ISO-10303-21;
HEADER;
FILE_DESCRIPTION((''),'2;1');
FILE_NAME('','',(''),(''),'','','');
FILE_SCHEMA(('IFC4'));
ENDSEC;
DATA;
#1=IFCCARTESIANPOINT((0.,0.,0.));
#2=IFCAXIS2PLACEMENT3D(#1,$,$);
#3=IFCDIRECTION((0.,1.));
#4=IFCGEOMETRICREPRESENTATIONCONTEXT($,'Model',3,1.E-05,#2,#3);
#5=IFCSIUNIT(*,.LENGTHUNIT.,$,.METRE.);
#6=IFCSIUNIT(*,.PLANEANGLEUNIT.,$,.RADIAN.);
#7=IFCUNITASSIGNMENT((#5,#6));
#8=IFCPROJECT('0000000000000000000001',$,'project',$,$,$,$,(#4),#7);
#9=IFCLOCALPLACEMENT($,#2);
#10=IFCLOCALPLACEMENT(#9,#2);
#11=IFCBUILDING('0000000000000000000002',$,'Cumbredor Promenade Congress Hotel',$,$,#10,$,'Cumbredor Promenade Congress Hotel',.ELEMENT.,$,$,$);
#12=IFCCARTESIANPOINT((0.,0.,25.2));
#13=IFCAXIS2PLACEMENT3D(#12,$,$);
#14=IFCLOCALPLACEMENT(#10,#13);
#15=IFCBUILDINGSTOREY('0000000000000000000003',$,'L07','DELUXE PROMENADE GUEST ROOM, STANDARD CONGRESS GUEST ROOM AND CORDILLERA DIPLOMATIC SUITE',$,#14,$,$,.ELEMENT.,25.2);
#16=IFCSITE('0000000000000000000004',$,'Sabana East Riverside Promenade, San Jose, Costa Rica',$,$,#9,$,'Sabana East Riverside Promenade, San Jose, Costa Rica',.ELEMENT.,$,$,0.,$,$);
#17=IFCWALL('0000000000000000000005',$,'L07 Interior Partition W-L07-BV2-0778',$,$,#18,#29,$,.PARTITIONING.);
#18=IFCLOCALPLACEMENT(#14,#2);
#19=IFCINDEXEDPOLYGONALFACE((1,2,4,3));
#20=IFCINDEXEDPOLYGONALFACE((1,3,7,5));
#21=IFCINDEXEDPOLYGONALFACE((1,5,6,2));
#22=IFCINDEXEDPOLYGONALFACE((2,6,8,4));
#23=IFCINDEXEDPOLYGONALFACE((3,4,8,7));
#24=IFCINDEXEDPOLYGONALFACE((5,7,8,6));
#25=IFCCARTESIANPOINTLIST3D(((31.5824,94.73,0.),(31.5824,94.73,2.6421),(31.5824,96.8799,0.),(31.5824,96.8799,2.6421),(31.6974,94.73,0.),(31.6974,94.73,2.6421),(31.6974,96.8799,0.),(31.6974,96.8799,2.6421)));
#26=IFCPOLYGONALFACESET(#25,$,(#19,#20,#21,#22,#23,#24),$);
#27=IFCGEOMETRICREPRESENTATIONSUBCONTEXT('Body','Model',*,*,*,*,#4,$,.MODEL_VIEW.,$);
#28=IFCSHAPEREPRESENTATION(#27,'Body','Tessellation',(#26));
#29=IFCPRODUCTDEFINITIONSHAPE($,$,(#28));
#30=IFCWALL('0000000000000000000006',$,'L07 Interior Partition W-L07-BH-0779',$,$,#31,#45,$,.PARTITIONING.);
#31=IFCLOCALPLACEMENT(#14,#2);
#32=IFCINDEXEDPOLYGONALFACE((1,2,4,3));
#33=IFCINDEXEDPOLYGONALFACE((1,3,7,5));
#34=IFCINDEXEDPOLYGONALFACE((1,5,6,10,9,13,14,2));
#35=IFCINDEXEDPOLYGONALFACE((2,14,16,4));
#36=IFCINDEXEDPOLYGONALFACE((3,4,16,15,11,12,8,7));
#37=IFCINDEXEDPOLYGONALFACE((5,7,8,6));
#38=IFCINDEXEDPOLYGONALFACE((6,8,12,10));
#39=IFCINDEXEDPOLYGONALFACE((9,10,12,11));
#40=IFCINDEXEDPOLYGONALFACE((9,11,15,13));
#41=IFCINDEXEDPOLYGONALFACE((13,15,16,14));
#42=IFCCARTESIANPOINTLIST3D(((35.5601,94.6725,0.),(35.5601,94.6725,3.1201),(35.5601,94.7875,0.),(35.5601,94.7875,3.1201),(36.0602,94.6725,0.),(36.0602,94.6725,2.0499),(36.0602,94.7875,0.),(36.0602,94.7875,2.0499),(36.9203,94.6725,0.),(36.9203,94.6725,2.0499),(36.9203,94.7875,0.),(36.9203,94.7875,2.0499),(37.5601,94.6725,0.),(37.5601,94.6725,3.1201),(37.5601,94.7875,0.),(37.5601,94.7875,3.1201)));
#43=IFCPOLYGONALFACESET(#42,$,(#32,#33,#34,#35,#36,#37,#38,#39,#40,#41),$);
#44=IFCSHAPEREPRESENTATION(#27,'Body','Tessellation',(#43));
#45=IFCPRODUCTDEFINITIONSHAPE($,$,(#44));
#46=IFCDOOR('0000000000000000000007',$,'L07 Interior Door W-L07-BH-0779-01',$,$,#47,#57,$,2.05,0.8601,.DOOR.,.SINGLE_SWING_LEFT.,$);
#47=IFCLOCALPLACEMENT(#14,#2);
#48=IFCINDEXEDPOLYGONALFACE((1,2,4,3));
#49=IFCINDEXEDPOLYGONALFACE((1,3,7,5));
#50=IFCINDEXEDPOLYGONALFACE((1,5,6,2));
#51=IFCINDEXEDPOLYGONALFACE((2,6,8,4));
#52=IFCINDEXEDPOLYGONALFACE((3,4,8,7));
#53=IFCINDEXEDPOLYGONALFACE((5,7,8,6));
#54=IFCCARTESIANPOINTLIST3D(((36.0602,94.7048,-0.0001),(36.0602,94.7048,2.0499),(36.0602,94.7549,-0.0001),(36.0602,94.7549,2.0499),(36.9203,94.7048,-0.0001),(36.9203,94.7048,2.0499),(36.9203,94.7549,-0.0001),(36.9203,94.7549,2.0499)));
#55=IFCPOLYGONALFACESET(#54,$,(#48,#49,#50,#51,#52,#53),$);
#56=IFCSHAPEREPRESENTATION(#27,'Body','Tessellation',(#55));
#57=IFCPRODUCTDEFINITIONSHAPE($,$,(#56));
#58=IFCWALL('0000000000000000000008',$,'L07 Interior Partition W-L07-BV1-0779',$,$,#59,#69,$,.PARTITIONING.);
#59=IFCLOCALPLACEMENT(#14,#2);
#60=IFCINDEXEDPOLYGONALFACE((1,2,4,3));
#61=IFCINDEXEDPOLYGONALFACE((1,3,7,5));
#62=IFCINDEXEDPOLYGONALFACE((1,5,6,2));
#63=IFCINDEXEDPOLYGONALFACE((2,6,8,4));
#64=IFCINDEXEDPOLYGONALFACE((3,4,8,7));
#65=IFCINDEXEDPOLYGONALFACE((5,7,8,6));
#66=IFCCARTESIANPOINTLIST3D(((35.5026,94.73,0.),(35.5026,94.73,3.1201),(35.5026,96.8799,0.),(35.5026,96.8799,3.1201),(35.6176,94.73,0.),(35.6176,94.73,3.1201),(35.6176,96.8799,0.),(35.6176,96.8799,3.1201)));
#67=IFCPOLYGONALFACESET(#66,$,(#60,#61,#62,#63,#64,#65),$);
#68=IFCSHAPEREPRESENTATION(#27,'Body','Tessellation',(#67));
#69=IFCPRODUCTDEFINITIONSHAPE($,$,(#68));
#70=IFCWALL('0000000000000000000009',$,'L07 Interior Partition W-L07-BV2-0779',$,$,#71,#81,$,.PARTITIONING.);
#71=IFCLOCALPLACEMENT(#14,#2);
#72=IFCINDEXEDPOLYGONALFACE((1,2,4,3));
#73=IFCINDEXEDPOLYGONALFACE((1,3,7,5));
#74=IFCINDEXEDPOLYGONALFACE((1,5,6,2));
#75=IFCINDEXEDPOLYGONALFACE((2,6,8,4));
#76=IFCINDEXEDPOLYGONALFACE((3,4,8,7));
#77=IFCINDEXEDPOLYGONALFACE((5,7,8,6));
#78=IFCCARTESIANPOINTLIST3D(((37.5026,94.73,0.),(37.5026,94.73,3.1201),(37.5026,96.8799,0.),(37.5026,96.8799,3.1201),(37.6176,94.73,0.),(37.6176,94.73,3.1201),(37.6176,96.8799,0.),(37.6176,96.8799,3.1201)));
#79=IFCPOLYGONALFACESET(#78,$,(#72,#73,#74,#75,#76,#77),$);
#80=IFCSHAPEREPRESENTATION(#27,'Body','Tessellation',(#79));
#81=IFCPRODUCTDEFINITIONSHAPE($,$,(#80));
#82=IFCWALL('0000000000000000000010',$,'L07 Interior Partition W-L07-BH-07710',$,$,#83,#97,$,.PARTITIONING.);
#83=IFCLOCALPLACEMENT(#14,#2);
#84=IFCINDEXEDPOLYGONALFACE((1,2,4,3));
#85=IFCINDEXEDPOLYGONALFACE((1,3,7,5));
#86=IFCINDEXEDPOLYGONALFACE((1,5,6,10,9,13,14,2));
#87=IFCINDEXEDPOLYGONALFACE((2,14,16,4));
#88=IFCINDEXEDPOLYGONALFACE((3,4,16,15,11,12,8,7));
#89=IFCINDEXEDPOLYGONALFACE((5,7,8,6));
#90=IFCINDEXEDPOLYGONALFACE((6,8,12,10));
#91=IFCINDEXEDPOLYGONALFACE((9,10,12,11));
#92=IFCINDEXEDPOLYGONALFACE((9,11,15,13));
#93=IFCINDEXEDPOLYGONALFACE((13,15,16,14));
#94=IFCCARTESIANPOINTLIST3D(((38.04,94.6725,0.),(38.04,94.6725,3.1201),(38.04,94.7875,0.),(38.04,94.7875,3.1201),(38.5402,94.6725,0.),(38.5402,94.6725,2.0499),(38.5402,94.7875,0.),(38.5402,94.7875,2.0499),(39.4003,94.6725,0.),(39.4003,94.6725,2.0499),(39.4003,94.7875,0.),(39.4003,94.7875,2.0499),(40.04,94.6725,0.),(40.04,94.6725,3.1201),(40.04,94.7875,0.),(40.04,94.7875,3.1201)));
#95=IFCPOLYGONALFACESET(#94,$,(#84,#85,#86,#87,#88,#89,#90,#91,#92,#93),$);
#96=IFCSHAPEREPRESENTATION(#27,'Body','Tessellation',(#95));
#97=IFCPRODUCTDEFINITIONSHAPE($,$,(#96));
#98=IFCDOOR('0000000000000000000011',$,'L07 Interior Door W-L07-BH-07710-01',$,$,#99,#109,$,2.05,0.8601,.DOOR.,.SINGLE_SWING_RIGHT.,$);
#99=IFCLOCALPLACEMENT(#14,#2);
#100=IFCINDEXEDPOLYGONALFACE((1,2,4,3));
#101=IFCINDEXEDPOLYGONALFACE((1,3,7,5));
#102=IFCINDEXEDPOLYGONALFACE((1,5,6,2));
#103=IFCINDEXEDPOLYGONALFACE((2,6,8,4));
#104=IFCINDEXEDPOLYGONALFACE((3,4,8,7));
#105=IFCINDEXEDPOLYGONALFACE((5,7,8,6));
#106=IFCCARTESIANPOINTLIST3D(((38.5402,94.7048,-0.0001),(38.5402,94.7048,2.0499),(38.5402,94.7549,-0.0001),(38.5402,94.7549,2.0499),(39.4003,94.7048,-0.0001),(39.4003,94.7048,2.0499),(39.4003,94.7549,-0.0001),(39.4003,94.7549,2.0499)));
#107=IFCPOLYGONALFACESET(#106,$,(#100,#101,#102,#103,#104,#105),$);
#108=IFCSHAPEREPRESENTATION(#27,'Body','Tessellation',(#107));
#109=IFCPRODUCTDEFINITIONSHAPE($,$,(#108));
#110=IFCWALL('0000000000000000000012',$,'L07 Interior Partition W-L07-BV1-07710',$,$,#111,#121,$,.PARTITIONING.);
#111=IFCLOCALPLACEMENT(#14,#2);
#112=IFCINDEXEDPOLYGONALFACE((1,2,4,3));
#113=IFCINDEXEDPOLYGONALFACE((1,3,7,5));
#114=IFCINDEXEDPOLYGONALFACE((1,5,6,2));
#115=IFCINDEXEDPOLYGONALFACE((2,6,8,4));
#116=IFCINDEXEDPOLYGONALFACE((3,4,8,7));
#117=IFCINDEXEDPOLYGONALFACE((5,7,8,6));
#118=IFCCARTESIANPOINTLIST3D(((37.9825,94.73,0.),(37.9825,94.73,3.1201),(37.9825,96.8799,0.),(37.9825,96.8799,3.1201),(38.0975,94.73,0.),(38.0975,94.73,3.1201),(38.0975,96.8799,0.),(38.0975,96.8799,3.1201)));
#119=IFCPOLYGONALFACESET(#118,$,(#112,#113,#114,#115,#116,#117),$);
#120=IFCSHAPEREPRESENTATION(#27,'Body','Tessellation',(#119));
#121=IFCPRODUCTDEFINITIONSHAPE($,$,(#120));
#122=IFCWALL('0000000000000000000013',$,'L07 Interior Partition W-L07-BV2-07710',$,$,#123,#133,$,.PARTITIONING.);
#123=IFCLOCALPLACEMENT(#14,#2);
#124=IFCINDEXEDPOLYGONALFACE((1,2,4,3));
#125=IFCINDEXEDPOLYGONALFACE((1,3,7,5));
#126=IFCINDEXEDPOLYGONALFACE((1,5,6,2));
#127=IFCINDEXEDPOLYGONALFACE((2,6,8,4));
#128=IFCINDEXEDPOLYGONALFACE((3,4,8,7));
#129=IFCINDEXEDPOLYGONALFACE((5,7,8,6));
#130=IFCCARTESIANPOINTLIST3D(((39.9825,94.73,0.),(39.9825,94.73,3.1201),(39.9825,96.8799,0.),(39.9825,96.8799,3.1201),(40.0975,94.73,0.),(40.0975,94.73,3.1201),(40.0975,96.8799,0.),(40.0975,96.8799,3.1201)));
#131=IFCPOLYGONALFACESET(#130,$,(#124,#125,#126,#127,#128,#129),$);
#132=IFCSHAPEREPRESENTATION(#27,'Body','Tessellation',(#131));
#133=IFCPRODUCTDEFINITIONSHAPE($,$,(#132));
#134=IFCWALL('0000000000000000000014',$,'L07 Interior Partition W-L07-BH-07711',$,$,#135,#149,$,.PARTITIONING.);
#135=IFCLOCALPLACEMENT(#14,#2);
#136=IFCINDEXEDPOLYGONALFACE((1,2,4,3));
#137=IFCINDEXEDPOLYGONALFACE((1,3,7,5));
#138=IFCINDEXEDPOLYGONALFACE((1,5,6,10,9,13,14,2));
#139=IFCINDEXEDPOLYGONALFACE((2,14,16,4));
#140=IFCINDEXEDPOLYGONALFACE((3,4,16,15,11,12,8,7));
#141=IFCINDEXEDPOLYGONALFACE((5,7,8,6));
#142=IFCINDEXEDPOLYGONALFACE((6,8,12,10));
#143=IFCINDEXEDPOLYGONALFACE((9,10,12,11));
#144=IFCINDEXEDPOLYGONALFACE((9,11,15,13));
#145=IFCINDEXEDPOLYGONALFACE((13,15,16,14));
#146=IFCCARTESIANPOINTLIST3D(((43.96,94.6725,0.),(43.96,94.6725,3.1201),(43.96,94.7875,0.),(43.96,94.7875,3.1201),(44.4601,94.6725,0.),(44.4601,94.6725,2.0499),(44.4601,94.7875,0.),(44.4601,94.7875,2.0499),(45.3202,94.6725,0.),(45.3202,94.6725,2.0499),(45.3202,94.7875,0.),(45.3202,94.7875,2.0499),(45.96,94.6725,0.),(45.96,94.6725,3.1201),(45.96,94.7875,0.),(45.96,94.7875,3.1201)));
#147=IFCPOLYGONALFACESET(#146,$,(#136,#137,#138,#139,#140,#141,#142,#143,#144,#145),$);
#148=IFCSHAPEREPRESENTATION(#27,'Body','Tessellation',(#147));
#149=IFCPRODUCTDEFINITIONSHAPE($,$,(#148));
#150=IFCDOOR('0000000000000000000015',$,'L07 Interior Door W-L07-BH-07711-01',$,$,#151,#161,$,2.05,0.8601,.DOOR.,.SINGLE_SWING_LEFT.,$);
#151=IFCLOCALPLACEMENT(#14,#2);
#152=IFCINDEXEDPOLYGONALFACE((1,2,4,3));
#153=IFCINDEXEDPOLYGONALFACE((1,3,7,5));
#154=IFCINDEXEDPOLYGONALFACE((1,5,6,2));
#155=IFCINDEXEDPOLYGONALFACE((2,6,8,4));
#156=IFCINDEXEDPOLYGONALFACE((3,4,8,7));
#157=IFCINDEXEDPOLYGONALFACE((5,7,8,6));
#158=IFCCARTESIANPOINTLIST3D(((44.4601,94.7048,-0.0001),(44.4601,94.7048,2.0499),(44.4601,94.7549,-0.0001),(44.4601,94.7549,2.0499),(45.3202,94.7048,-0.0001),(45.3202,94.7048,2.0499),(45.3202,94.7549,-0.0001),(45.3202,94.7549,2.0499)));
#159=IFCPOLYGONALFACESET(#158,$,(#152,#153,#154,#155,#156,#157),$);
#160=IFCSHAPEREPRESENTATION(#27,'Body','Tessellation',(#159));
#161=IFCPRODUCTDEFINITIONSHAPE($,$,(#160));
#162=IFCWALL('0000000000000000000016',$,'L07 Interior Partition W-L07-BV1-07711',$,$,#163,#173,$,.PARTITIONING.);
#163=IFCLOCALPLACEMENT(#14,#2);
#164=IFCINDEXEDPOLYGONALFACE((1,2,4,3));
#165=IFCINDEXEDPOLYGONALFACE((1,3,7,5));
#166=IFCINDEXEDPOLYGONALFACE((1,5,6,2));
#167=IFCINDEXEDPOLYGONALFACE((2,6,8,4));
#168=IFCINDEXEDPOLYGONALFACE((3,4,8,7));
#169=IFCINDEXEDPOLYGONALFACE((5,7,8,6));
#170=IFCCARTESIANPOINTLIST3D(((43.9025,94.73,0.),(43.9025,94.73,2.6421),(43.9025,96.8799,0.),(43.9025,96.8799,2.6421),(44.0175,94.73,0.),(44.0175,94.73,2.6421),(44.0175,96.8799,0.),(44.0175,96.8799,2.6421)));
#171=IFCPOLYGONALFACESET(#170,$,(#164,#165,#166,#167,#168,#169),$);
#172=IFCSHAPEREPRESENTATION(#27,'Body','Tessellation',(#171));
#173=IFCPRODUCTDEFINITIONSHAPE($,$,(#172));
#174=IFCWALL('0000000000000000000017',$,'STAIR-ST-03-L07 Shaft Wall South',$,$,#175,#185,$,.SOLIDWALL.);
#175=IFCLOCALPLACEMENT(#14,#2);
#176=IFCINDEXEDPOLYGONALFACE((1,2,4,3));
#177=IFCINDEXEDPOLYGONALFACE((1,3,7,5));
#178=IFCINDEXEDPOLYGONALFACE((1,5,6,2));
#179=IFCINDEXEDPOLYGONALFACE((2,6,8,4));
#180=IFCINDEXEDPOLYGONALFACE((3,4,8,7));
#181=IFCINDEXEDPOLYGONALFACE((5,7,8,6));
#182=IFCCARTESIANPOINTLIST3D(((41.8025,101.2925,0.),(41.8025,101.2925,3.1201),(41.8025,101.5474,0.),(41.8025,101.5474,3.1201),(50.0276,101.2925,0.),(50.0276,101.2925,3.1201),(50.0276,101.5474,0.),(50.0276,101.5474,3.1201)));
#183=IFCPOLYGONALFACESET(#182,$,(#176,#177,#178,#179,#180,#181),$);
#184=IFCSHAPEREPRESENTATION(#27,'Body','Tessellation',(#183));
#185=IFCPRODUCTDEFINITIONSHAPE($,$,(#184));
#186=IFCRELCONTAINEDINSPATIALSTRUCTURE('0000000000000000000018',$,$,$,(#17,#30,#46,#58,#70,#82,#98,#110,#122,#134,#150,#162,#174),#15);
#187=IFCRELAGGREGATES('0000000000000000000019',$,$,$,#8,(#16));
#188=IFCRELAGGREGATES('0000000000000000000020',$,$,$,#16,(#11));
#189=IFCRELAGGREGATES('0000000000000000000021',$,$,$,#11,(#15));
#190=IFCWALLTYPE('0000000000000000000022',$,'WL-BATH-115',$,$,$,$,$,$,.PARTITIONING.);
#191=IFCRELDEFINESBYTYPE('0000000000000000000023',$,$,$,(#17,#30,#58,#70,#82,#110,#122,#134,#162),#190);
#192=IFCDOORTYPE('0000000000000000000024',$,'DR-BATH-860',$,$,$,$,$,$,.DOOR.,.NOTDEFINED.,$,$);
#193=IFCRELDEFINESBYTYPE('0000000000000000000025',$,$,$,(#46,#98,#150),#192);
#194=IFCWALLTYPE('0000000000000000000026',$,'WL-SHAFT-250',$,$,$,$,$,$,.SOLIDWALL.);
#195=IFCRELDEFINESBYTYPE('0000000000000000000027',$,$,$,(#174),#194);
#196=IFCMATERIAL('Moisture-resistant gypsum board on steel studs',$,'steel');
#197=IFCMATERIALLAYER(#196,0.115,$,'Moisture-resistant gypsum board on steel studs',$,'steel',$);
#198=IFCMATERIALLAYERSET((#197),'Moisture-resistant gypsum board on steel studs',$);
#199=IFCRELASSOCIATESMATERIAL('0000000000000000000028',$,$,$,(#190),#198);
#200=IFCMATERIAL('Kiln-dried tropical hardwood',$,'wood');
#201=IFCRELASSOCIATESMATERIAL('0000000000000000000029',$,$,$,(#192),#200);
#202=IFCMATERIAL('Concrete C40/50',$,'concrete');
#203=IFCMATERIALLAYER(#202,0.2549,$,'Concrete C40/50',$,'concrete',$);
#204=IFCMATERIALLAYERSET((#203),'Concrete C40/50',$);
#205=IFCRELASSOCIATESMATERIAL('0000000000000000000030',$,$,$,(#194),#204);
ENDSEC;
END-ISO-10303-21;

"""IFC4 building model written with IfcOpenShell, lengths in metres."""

from ifc_helpers import new_model, si_unit, direction, frame, frame_2d, origin, place, context, subcontext, project, spatial, rectangle, extrude, material, layer, layer_set, type_object, element, fill, save


model = new_model("IFC4")

# Units and contexts
model_context = context("Model", 3, precision=1e-05, world=origin(), true_north=direction((0.0, 1.0)))
body_context = subcontext(model_context, "Body", "Model", "MODEL_VIEW")
ifc_project = project(units=[si_unit("LENGTHUNIT", "METRE"), si_unit("PLANEANGLEUNIT", "RADIAN")], contexts=[model_context])

# Site, building, storey
site_placement = place(None, origin())
site = spatial("IfcSite", under=ifc_project, at=site_placement, Name="Sabana East Riverside Promenade, San Jose, Costa Rica", LongName="Sabana East Riverside Promenade, San Jose, Costa Rica", CompositionType="ELEMENT", RefElevation=0.0)
building_placement = place(site_placement, origin())
building = spatial("IfcBuilding", under=site, at=building_placement, Name="Cumbredor Promenade Congress Hotel", LongName="Cumbredor Promenade Congress Hotel", CompositionType="ELEMENT")
storey_placement = place(building_placement, frame((0.0, 0.0, 25.2)))
storey = spatial("IfcBuildingStorey", under=building, at=storey_placement, Name="L07", Description="DELUXE PROMENADE GUEST ROOM, STANDARD CONGRESS GUEST ROOM AND CORDILLERA DIPLOMATIC SUITE", CompositionType="ELEMENT", Elevation=25.2)

# Shared definitions
ifc_material_1 = material(Name="Concrete C40/50", Category="concrete")

# Shared definitions
ifc_material_2 = material(Name="Moisture-resistant gypsum board on steel studs", Category="steel")
ifc_layer_1 = layer(ifc_material_2, 0.115, Name="Moisture-resistant gypsum board on steel studs", Category="steel")
ifc_layer_set_1 = layer_set([ifc_layer_1], Name="Moisture-resistant gypsum board on steel studs")
wall_type_1 = type_object("IfcWallType", Name="WL-BATH-115", PredefinedType="PARTITIONING", material=ifc_layer_set_1)
ifc_material_3 = material(Name="Kiln-dried tropical hardwood", Category="wood")
door_type_1 = type_object("IfcDoorType", Name="DR-BATH-860", OperationType="NOTDEFINED", PredefinedType="DOOR", material=ifc_material_3)

# Wall
wall_1_placement = place(storey_placement, frame((31.6399, 94.73, 0.0), z_axis=(0.0, 0.0, 1.0), x_axis=(0.0, 1.0, 0.0)))
element("IfcWall", 1, at=wall_1_placement, inside=storey, type_object=wall_type_1, Name="L07 Interior Partition W-L07-BV2-0778", PredefinedType="PARTITIONING", context=body_context, shape_type="SweptSolid", body=[
    extrude(rectangle(XDim=2.1499, YDim=0.115, at=frame_2d((1.075, 0.0))), origin(), (0.0, 0.0, 1.0), 2.6421),
])

# Wall, opening, door
wall_2_placement = place(storey_placement, frame((35.5601, 94.73, 0.0), z_axis=(0.0, 0.0, 1.0), x_axis=(1.0, 0.0, 0.0)))
wall_2 = element("IfcWall", 2, at=wall_2_placement, inside=storey, type_object=wall_type_1, Name="L07 Interior Partition W-L07-BH-0779", PredefinedType="PARTITIONING", context=body_context, shape_type="SweptSolid", body=[
    extrude(rectangle(XDim=2.0, YDim=0.115, at=frame_2d((1.0, 0.0))), origin(), (0.0, 0.0, 1.0), 3.1201),
])
opening_1_placement = place(wall_2_placement, frame((0.5, 0.0, 0.0)))
opening_1 = element("IfcOpeningElement", 3, at=opening_1_placement, cuts=wall_2, PredefinedType="OPENING", context=body_context, shape_type="SweptSolid", body=[
    extrude(rectangle(XDim=0.8601, YDim=2.05, at=frame_2d((0.4302, 1.0249))), frame((0.0, 0.0674, 0.0), z_axis=(0.0, -1.0, 0.0), x_axis=(1.0, 0.0, 0.0)), (0.0, 0.0, 1.0), 0.135),
])
door_1_placement = place(opening_1_placement, origin())
door_1 = element("IfcDoor", 4, at=door_1_placement, inside=storey, type_object=door_type_1, Name="L07 Interior Door W-L07-BH-0779-01", OperationType="SINGLE_SWING_LEFT", OverallHeight=2.05, OverallWidth=0.8601, PredefinedType="DOOR", context=body_context, shape_type="SweptSolid", body=[
    extrude(rectangle(XDim=0.8601, YDim=2.05, at=frame_2d((0.4302, 1.0249))), frame((0.0, 0.0249, 0.0), z_axis=(0.0, -1.0, 0.0), x_axis=(1.0, 0.0, 0.0)), (0.0, 0.0, 1.0), 0.05),
])
fill(opening_1, door_1)

# Walls
for number, where, z_axis, x_axis, name in (
    (5, (35.5601, 94.73, 0.0), (0.0, 0.0, 1.0), (0.0, 1.0, 0.0), "L07 Interior Partition W-L07-BV1-0779"),
    (6, (37.5601, 94.73, 0.0), (0.0, 0.0, 1.0), (0.0, 1.0, 0.0), "L07 Interior Partition W-L07-BV2-0779"),
):
    element("IfcWall", number, at=place(storey_placement, frame(where, z_axis=z_axis, x_axis=x_axis)), inside=storey, type_object=wall_type_1, Name=name, PredefinedType="PARTITIONING", context=body_context, shape_type="SweptSolid", body=[
        extrude(rectangle(XDim=2.1499, YDim=0.115, at=frame_2d((1.075, 0.0))), origin(), (0.0, 0.0, 1.0), 3.1201),
    ])

# Wall, opening, door
wall_3_placement = place(storey_placement, frame((38.04, 94.73, 0.0), z_axis=(0.0, 0.0, 1.0), x_axis=(1.0, 0.0, 0.0)))
wall_3 = element("IfcWall", 7, at=wall_3_placement, inside=storey, type_object=wall_type_1, Name="L07 Interior Partition W-L07-BH-07710", PredefinedType="PARTITIONING", context=body_context, shape_type="SweptSolid", body=[
    extrude(rectangle(XDim=2.0, YDim=0.115, at=frame_2d((1.0, 0.0))), origin(), (0.0, 0.0, 1.0), 3.1201),
])
opening_2_placement = place(wall_3_placement, frame((0.5, 0.0, 0.0)))
opening_2 = element("IfcOpeningElement", 8, at=opening_2_placement, cuts=wall_3, PredefinedType="OPENING", context=body_context, shape_type="SweptSolid", body=[
    extrude(rectangle(XDim=0.8601, YDim=2.05, at=frame_2d((0.4302, 1.0249))), frame((0.0, 0.0674, 0.0), z_axis=(0.0, -1.0, 0.0), x_axis=(1.0, 0.0, 0.0)), (0.0, 0.0, 1.0), 0.135),
])
door_2_placement = place(opening_2_placement, origin())
door_2 = element("IfcDoor", 9, at=door_2_placement, inside=storey, type_object=door_type_1, Name="L07 Interior Door W-L07-BH-07710-01", OperationType="SINGLE_SWING_RIGHT", OverallHeight=2.05, OverallWidth=0.8601, PredefinedType="DOOR", context=body_context, shape_type="SweptSolid", body=[
    extrude(rectangle(XDim=0.8601, YDim=2.05, at=frame_2d((0.4302, 1.0249))), frame((0.0, 0.0249, 0.0), z_axis=(0.0, -1.0, 0.0), x_axis=(1.0, 0.0, 0.0)), (0.0, 0.0, 1.0), 0.05),
])
fill(opening_2, door_2)

# Walls
for number, where, z_axis, x_axis, name in (
    (10, (38.04, 94.73, 0.0), (0.0, 0.0, 1.0), (0.0, 1.0, 0.0), "L07 Interior Partition W-L07-BV1-07710"),
    (11, (40.04, 94.73, 0.0), (0.0, 0.0, 1.0), (0.0, 1.0, 0.0), "L07 Interior Partition W-L07-BV2-07710"),
):
    element("IfcWall", number, at=place(storey_placement, frame(where, z_axis=z_axis, x_axis=x_axis)), inside=storey, type_object=wall_type_1, Name=name, PredefinedType="PARTITIONING", context=body_context, shape_type="SweptSolid", body=[
        extrude(rectangle(XDim=2.1499, YDim=0.115, at=frame_2d((1.075, 0.0))), origin(), (0.0, 0.0, 1.0), 3.1201),
    ])

# Wall, opening, door
wall_4_placement = place(storey_placement, frame((43.96, 94.73, 0.0), z_axis=(0.0, 0.0, 1.0), x_axis=(1.0, 0.0, 0.0)))
wall_4 = element("IfcWall", 12, at=wall_4_placement, inside=storey, type_object=wall_type_1, Name="L07 Interior Partition W-L07-BH-07711", PredefinedType="PARTITIONING", context=body_context, shape_type="SweptSolid", body=[
    extrude(rectangle(XDim=2.0, YDim=0.115, at=frame_2d((1.0, 0.0))), origin(), (0.0, 0.0, 1.0), 3.1201),
])
opening_3_placement = place(wall_4_placement, frame((0.5, 0.0, 0.0)))
opening_3 = element("IfcOpeningElement", 13, at=opening_3_placement, cuts=wall_4, PredefinedType="OPENING", context=body_context, shape_type="SweptSolid", body=[
    extrude(rectangle(XDim=0.8601, YDim=2.05, at=frame_2d((0.4302, 1.0249))), frame((0.0, 0.0674, 0.0), z_axis=(0.0, -1.0, 0.0), x_axis=(1.0, 0.0, 0.0)), (0.0, 0.0, 1.0), 0.135),
])
door_3_placement = place(opening_3_placement, origin())
door_3 = element("IfcDoor", 14, at=door_3_placement, inside=storey, type_object=door_type_1, Name="L07 Interior Door W-L07-BH-07711-01", OperationType="SINGLE_SWING_LEFT", OverallHeight=2.05, OverallWidth=0.8601, PredefinedType="DOOR", context=body_context, shape_type="SweptSolid", body=[
    extrude(rectangle(XDim=0.8601, YDim=2.05, at=frame_2d((0.4302, 1.0249))), frame((0.0, 0.0249, 0.0), z_axis=(0.0, -1.0, 0.0), x_axis=(1.0, 0.0, 0.0)), (0.0, 0.0, 1.0), 0.05),
])
fill(opening_3, door_3)

# Walls
wall_5_placement = place(storey_placement, frame((43.96, 94.73, 0.0), z_axis=(0.0, 0.0, 1.0), x_axis=(0.0, 1.0, 0.0)))
element("IfcWall", 15, at=wall_5_placement, inside=storey, type_object=wall_type_1, Name="L07 Interior Partition W-L07-BV1-07711", PredefinedType="PARTITIONING", context=body_context, shape_type="SweptSolid", body=[
    extrude(rectangle(XDim=2.1499, YDim=0.115, at=frame_2d((1.075, 0.0))), origin(), (0.0, 0.0, 1.0), 2.6421),
])
ifc_layer_2 = layer(ifc_material_1, 0.2549, Name="Concrete C40/50", Category="concrete")
ifc_layer_set_2 = layer_set([ifc_layer_2], Name="Concrete C40/50")
wall_type_2 = type_object("IfcWallType", Name="WL-SHAFT-250", PredefinedType="SOLIDWALL", material=ifc_layer_set_2)
wall_6_placement = place(storey_placement, frame((41.8025, 101.4199, 0.0), z_axis=(0.0, 0.0, 1.0), x_axis=(1.0, 0.0, 0.0)))
element("IfcWall", 16, at=wall_6_placement, inside=storey, type_object=wall_type_2, Name="STAIR-ST-03-L07 Shaft Wall South", PredefinedType="SOLIDWALL", context=body_context, shape_type="SweptSolid", body=[
    extrude(rectangle(XDim=8.2251, YDim=0.2549, at=frame_2d((4.1125, 0.0))), origin(), (0.0, 0.0, 1.0), 3.1201),
])

save(model, "model.ifc")
